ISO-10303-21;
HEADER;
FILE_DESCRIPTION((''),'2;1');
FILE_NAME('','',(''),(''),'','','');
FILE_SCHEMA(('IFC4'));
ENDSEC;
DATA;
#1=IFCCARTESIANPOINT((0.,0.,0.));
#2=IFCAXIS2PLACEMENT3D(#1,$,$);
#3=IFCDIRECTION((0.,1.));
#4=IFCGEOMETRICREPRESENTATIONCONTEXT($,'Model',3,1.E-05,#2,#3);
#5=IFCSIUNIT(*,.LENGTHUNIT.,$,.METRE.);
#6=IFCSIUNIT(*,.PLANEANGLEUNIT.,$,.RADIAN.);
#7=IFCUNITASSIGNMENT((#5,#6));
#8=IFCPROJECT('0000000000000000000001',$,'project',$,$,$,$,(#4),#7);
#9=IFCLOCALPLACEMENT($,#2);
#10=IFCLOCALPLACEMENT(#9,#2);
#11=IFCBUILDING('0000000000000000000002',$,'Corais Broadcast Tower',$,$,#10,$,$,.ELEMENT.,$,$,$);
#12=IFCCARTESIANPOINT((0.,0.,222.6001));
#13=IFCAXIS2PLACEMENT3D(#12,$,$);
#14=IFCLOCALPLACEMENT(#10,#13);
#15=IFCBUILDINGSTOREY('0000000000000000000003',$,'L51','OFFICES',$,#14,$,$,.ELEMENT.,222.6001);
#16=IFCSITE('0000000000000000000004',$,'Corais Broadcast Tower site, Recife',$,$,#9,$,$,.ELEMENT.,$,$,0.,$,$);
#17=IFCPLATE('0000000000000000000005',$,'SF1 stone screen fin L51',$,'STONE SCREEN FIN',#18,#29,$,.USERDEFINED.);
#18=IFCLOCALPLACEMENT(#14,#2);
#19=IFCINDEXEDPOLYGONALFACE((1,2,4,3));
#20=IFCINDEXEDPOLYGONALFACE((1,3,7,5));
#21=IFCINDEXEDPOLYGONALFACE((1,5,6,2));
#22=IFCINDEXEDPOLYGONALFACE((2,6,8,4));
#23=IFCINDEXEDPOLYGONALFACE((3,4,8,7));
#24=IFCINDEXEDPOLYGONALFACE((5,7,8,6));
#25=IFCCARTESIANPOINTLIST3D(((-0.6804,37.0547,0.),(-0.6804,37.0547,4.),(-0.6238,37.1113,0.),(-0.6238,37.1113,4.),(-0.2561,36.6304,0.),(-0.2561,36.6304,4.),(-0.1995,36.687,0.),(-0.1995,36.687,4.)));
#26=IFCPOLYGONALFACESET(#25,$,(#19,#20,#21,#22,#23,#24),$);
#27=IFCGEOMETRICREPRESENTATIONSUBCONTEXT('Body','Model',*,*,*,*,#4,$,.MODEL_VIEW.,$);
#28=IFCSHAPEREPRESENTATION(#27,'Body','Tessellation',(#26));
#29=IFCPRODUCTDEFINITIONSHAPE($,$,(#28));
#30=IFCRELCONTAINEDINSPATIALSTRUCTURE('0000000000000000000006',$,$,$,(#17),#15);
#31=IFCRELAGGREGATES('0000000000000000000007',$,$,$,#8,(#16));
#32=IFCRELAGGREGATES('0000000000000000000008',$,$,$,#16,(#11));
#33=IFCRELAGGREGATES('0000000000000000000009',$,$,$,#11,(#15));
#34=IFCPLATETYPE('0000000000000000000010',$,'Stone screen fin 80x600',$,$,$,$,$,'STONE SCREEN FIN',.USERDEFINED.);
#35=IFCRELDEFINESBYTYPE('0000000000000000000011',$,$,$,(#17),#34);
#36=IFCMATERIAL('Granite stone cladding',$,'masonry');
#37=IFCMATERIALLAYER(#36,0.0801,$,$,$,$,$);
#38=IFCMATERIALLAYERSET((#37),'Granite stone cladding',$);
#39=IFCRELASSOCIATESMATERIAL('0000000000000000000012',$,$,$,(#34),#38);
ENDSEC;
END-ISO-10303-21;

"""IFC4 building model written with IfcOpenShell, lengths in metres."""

from ifc_helpers import new_model, si_unit, direction, frame, origin, origin_2d, place, context, subcontext, project, spatial, rectangle, extrude, material, layer, layer_set, type_object, element, save


model = new_model("IFC4")

# Units and contexts
model_context = context("Model", 3, precision=1e-05, world=origin(), true_north=direction((0.0, 1.0)))
body_context = subcontext(model_context, "Body", "Model", "MODEL_VIEW")
ifc_project = project(units=[si_unit("LENGTHUNIT", "METRE"), si_unit("PLANEANGLEUNIT", "RADIAN")], contexts=[model_context])

# Site, building, storey
site_placement = place(None, origin())
site = spatial("IfcSite", under=ifc_project, at=site_placement, Name="Corais Broadcast Tower site, Recife", CompositionType="ELEMENT", RefElevation=0.0)
building_placement = place(site_placement, origin())
building = spatial("IfcBuilding", under=site, at=building_placement, Name="Corais Broadcast Tower", CompositionType="ELEMENT")
storey_placement = place(building_placement, frame((0.0, 0.0, 222.6001)))
storey = spatial("IfcBuildingStorey", under=building, at=storey_placement, Name="L51", Description="OFFICES", CompositionType="ELEMENT", Elevation=222.6001)

# Plate
ifc_material_1 = material(Name="Granite stone cladding", Category="masonry")
ifc_layer_1 = layer(ifc_material_1, 0.0801)
ifc_layer_set_1 = layer_set([ifc_layer_1], Name="Granite stone cladding")
plate_type_1 = type_object("IfcPlateType", Name="Stone screen fin 80x600", ElementType="STONE SCREEN FIN", PredefinedType="USERDEFINED", material=ifc_layer_set_1)
plate_1_placement = place(storey_placement, frame((-0.4399, 36.8708, 0.0), z_axis=(0.0, 0.0, 1.0), x_axis=(0.707107, 0.707107, 0.0)))
element("IfcPlate", 1, at=plate_1_placement, inside=storey, type_object=plate_type_1, Name="SF1 stone screen fin L51", ObjectType="STONE SCREEN FIN", PredefinedType="USERDEFINED", context=body_context, shape_type="SweptSolid", body=[
    extrude(rectangle(XDim=0.0801, YDim=0.6001, at=origin_2d()), origin(), (0.0, 0.0, 1.0), 4.0),
])

save(model, "model.ifc")
